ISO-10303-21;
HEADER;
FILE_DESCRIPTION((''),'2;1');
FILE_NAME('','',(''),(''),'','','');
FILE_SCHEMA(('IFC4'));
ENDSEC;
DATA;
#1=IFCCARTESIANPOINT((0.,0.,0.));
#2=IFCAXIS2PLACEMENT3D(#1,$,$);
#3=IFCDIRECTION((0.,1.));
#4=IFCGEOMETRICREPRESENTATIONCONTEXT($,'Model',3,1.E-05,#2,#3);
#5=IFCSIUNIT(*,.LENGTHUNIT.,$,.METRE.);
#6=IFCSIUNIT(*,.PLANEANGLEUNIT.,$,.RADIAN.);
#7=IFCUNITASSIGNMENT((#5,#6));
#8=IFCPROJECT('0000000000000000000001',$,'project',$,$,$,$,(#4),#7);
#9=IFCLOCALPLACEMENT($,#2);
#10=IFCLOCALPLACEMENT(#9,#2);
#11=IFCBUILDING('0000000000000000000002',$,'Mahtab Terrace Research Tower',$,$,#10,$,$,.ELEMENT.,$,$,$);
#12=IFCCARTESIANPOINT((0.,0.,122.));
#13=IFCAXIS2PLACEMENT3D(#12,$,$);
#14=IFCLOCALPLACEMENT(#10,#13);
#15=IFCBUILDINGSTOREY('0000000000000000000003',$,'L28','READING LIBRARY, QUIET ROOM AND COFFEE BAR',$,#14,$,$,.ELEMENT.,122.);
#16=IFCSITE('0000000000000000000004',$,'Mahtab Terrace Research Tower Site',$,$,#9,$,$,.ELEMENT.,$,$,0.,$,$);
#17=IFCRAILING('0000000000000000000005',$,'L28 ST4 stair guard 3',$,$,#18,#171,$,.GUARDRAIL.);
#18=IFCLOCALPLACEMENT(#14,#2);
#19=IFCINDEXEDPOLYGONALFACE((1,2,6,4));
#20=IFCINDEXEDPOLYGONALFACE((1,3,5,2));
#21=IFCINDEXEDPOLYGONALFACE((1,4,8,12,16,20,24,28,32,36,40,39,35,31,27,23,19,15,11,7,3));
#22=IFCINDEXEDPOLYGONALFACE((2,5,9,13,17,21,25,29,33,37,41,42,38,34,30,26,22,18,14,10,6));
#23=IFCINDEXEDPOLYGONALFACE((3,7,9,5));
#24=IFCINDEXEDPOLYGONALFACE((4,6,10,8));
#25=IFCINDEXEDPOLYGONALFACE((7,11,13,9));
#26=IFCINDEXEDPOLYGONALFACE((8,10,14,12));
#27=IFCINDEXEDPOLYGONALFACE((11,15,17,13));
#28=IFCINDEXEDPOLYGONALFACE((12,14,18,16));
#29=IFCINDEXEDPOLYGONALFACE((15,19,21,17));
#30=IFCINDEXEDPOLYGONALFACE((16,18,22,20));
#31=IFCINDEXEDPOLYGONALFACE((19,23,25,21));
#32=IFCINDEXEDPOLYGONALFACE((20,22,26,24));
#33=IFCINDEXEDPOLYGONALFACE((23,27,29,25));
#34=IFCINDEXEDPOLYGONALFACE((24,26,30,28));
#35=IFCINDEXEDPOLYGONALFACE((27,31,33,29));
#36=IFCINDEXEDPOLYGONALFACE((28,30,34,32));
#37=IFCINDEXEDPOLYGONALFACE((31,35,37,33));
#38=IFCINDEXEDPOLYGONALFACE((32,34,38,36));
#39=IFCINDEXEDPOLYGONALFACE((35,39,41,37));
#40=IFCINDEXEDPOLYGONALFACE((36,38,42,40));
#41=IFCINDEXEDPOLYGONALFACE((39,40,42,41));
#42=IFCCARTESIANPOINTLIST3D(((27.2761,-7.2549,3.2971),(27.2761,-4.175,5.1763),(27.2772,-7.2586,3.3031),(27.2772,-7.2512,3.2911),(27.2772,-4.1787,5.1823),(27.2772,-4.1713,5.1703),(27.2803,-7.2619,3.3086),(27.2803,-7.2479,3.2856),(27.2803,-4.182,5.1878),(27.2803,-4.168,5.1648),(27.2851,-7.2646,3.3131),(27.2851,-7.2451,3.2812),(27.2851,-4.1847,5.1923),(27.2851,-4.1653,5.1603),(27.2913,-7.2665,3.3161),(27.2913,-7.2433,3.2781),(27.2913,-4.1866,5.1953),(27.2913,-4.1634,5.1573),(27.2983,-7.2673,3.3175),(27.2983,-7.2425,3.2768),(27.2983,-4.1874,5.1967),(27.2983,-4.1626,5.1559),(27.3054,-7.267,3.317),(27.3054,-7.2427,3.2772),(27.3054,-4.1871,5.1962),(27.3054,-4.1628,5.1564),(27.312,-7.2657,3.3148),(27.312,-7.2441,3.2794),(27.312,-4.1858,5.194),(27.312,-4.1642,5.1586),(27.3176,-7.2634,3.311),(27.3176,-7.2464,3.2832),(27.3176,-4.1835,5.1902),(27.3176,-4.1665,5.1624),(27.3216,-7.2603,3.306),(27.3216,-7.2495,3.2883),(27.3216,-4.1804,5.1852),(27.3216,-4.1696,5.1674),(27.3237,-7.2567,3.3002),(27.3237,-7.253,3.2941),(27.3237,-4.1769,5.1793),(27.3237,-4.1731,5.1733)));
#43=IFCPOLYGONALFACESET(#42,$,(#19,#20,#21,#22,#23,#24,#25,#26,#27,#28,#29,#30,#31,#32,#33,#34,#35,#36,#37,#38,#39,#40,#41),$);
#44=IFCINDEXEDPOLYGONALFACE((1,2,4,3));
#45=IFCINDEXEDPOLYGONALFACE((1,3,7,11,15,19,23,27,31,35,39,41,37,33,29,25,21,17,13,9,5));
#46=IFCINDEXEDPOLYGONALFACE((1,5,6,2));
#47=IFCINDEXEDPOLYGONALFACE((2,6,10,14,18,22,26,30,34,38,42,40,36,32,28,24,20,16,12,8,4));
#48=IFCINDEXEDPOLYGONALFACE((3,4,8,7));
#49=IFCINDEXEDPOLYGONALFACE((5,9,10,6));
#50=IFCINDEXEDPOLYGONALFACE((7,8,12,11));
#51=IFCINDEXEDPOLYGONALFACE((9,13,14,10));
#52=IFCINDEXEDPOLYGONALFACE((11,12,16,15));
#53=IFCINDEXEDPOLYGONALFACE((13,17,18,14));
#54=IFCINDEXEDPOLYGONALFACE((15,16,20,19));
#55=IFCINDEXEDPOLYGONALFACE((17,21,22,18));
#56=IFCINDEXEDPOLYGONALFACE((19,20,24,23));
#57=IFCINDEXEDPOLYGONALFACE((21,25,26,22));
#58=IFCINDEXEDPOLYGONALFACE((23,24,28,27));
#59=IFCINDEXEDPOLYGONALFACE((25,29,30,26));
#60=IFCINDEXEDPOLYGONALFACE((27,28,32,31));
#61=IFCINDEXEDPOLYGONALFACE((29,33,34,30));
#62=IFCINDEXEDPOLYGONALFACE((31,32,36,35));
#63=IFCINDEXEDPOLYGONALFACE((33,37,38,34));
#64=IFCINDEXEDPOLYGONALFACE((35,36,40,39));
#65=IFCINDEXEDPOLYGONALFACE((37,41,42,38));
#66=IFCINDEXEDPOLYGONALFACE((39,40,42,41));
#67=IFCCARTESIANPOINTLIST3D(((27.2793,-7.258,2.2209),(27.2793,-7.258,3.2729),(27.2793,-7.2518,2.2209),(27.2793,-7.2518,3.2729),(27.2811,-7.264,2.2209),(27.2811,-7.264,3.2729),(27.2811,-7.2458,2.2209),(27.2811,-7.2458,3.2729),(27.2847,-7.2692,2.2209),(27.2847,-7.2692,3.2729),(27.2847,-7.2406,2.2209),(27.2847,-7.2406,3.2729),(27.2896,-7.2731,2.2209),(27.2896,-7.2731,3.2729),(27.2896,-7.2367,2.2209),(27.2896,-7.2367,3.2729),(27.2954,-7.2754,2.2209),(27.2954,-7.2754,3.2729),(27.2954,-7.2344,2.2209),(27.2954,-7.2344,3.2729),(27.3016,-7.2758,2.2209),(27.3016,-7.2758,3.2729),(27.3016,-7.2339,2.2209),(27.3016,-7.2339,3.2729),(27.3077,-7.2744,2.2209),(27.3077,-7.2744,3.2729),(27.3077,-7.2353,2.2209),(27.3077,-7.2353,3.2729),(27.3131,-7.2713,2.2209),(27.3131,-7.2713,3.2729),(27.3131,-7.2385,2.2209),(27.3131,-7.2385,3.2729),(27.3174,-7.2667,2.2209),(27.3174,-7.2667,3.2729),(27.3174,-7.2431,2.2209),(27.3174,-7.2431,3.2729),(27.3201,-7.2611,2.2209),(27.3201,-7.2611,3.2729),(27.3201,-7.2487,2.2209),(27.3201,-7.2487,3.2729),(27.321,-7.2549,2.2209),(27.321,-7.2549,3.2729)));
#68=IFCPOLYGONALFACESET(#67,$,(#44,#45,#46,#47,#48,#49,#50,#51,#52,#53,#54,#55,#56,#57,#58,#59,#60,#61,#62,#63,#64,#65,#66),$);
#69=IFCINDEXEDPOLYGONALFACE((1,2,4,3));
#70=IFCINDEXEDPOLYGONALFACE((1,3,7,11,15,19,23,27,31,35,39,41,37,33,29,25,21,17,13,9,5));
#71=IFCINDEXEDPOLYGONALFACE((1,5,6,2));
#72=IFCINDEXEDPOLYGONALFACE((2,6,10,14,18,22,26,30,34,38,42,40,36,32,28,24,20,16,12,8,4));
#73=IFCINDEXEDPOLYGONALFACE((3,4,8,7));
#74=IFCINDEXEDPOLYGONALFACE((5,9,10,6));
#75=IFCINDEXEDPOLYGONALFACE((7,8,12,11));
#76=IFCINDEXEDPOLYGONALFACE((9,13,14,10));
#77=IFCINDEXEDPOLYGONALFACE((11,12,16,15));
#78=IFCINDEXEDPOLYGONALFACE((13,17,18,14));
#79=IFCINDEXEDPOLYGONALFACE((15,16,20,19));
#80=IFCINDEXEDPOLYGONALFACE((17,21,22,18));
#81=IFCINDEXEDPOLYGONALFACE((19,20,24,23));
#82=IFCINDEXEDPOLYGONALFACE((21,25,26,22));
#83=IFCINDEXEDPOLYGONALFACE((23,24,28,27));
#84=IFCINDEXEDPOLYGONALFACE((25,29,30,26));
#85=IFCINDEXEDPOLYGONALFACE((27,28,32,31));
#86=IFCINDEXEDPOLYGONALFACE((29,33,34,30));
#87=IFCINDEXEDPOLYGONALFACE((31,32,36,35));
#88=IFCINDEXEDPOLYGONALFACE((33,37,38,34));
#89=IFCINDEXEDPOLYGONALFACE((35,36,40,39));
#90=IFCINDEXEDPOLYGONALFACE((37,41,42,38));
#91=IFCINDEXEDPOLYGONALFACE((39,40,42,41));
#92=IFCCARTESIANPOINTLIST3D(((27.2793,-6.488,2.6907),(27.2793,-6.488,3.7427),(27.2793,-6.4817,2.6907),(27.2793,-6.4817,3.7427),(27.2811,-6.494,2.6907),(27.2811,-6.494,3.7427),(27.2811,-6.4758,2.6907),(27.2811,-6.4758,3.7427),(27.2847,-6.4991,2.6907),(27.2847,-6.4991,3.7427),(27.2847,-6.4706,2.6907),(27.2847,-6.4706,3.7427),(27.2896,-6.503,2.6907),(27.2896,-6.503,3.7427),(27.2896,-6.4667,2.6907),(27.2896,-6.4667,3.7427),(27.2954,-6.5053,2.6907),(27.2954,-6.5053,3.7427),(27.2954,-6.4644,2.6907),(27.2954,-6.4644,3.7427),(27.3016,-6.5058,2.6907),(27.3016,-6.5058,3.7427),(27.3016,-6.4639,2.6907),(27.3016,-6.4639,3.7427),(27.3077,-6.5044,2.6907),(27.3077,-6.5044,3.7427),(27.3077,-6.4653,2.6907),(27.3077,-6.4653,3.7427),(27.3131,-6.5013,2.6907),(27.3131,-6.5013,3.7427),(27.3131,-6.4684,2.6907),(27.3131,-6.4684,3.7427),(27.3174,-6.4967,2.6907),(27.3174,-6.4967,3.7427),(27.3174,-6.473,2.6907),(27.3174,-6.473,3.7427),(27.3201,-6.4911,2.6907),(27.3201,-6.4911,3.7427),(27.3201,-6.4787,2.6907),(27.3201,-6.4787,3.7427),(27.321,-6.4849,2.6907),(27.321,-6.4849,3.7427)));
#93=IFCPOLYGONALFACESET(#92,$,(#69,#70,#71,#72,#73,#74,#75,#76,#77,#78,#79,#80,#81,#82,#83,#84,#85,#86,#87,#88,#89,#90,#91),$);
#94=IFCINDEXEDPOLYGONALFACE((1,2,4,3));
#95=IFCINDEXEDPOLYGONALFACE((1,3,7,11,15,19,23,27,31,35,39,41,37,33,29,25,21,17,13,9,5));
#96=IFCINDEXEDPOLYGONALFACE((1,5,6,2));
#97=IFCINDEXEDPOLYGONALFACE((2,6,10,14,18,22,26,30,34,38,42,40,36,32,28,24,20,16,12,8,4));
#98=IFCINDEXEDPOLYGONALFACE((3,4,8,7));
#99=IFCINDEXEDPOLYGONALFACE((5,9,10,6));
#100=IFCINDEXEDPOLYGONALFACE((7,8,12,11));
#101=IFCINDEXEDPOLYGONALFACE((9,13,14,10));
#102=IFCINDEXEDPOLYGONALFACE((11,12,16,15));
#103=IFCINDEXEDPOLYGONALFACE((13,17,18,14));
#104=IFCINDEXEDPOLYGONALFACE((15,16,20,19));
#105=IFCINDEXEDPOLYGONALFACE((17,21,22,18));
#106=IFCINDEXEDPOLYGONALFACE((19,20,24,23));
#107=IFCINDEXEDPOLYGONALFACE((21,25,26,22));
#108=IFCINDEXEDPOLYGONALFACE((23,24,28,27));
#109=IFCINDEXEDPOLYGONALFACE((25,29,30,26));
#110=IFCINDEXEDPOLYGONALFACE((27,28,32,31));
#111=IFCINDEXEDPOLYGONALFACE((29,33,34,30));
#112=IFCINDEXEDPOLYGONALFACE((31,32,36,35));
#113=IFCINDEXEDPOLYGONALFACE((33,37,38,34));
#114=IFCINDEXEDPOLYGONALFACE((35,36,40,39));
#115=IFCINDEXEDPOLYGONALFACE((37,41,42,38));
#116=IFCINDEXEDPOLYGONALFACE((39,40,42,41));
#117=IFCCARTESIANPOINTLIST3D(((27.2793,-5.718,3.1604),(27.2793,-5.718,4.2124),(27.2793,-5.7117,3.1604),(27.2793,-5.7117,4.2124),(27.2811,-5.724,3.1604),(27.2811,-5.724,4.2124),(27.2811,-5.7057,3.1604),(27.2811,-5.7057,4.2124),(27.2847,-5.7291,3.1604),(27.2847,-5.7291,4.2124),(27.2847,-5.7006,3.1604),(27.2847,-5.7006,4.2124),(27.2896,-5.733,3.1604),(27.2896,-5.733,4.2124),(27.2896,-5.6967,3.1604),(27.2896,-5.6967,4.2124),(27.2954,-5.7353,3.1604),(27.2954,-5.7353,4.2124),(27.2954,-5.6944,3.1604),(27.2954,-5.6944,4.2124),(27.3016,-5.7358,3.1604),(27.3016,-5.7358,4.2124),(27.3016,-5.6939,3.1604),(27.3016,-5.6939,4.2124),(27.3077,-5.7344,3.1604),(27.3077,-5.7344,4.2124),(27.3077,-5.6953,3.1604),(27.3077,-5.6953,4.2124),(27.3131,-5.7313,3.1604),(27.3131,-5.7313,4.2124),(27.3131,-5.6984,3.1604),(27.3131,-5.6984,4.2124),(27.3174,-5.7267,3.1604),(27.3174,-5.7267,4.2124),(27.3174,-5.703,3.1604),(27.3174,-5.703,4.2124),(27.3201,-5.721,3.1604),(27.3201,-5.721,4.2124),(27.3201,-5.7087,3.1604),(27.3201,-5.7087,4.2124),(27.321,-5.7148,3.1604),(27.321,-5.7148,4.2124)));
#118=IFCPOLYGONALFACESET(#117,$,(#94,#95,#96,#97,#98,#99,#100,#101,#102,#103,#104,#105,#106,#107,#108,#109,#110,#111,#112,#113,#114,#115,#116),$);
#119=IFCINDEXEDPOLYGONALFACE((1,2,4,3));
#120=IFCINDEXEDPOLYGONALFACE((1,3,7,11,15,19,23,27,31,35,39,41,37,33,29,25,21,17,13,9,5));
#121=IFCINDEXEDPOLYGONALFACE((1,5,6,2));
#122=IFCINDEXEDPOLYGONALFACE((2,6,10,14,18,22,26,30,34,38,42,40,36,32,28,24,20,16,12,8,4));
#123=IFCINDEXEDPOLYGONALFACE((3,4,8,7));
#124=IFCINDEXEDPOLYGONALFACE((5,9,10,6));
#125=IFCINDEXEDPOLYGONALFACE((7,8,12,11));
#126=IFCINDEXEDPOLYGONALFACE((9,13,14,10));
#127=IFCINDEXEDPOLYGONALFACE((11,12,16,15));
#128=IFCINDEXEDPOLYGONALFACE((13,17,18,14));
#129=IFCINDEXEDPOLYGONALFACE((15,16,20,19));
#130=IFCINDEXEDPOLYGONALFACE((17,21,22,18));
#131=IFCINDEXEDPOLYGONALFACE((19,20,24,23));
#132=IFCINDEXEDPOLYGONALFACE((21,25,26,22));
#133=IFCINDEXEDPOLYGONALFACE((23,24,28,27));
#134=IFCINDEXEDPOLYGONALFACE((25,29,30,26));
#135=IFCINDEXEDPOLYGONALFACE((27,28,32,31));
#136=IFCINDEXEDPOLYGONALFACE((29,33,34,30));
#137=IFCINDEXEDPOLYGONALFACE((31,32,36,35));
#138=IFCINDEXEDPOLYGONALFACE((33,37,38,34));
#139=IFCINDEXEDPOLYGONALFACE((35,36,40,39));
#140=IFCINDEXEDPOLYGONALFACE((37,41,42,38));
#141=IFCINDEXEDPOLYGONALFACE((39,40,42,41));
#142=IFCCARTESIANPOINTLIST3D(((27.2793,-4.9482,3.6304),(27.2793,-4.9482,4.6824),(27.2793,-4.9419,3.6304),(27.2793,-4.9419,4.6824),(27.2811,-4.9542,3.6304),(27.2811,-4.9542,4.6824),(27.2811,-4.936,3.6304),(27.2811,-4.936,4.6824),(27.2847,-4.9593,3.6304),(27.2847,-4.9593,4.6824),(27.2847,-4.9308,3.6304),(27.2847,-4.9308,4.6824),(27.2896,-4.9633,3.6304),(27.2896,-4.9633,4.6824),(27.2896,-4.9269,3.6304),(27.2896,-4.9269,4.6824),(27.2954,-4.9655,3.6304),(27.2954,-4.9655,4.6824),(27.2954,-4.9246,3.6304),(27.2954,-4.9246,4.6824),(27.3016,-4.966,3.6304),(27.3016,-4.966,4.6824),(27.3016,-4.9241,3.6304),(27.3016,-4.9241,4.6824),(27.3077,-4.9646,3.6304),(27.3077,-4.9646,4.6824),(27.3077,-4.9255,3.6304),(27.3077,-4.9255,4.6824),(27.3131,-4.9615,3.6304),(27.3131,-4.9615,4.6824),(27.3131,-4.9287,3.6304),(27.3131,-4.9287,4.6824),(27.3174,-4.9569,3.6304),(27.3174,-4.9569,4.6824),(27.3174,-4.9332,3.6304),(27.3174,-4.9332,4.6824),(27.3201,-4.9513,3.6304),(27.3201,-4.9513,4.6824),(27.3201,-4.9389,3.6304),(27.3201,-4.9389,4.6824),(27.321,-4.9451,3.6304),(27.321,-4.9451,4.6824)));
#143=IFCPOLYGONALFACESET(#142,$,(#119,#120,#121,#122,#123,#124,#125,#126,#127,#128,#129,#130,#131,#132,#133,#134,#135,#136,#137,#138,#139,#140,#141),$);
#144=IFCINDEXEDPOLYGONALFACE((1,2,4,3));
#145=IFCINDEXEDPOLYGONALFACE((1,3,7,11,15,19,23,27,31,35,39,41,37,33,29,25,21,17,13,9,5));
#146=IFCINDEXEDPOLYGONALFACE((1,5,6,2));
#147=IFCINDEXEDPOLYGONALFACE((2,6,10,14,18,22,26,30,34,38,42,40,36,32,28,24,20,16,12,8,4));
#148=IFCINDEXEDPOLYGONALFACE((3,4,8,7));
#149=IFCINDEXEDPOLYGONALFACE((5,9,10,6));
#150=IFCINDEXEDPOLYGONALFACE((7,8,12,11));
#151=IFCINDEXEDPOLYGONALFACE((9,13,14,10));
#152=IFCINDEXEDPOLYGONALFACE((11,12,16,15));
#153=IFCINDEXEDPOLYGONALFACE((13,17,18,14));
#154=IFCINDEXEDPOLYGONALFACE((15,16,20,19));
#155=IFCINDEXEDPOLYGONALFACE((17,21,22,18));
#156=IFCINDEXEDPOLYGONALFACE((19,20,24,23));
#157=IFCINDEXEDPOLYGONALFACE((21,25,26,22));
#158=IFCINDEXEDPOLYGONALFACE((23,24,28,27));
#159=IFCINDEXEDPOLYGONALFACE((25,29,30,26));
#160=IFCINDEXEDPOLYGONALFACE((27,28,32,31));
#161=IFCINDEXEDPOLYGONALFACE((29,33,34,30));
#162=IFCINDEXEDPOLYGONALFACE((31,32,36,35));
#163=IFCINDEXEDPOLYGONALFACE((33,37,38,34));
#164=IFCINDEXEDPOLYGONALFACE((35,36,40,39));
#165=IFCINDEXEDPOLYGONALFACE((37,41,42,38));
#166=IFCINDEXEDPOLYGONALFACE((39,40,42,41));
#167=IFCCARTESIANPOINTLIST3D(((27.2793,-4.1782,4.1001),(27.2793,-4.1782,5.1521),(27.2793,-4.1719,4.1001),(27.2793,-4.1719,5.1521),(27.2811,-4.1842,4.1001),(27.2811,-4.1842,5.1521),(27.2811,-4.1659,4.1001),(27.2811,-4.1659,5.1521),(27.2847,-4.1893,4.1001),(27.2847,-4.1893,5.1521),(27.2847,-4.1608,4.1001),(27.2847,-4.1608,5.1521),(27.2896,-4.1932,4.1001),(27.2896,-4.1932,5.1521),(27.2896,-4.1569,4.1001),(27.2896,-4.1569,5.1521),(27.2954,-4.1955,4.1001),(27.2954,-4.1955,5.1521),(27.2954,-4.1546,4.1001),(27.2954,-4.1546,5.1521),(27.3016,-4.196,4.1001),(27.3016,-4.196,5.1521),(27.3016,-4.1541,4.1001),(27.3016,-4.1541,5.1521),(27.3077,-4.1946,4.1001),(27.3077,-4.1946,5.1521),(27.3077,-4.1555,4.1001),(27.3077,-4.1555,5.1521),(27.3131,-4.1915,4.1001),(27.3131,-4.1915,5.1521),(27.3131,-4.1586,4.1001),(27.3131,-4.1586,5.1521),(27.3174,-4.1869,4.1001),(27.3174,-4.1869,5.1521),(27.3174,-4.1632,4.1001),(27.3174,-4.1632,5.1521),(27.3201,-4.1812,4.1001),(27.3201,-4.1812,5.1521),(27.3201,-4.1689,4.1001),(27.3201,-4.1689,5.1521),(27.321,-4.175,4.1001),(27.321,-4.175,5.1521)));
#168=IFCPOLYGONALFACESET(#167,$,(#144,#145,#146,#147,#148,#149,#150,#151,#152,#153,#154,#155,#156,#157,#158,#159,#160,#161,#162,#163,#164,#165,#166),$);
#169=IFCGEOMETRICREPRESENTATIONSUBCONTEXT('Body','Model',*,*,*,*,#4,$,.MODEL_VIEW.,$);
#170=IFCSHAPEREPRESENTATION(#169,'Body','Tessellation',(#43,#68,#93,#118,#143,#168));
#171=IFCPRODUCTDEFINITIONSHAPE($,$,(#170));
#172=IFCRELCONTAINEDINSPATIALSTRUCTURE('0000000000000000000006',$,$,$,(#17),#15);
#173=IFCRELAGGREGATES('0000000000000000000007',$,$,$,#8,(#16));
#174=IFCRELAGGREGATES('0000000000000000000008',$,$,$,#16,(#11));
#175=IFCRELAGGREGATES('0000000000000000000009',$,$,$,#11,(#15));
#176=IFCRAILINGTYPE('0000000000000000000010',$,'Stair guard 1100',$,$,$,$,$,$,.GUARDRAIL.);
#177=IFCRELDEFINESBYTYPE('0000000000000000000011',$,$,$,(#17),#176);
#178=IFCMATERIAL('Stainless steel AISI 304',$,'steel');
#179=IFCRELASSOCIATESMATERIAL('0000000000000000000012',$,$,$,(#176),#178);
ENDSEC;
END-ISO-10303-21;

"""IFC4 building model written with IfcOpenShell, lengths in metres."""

from ifc_helpers import new_model, si_unit, direction, frame, origin, origin_2d, place, context, subcontext, project, spatial, circle, extrude, material, type_object, element, save


model = new_model("IFC4")

# Units and contexts
model_context = context("Model", 3, precision=1e-05, world=origin(), true_north=direction((0.0, 1.0)))
body_context = subcontext(model_context, "Body", "Model", "MODEL_VIEW")
ifc_project = project(units=[si_unit("LENGTHUNIT", "METRE"), si_unit("PLANEANGLEUNIT", "RADIAN")], contexts=[model_context])

# Site, building, storey
site_placement = place(None, origin())
site = spatial("IfcSite", under=ifc_project, at=site_placement, Name="Mahtab Terrace Research Tower Site", CompositionType="ELEMENT", RefElevation=0.0)
building_placement = place(site_placement, origin())
building = spatial("IfcBuilding", under=site, at=building_placement, Name="Mahtab Terrace Research Tower", CompositionType="ELEMENT")
storey_placement = place(building_placement, frame((0.0, 0.0, 122.0)))
storey = spatial("IfcBuildingStorey", under=building, at=storey_placement, Name="L28", Description="READING LIBRARY, QUIET ROOM AND COFFEE BAR", CompositionType="ELEMENT", Elevation=122.0)

# Shared definitions
ifc_material_1 = material(Name="Stainless steel AISI 304", Category="steel")

# Railing
railing_type = type_object("IfcRailingType", Name="Stair guard 1100", PredefinedType="GUARDRAIL", material=ifc_material_1)
railing_1_placement = place(storey_placement, frame((27.3, -7.2549, 2.2209)))
element("IfcRailing", 1, at=railing_1_placement, inside=storey, type_object=railing_type, Name="L28 ST4 stair guard 3", PredefinedType="GUARDRAIL", context=body_context, shape_type="SweptSolid", body=[
    extrude(circle(Radius=0.0239, at=origin_2d()), frame((0.0, 0.0, 1.0762), z_axis=(0.0, 0.853648, 0.52085), x_axis=(-1.0, 0.0, 0.0)), (0.0, 0.0, 1.0), 3.6079),
    extrude(circle(Radius=0.021, at=origin_2d()), origin(), (0.0, 0.0, 1.0), 1.052),
    extrude(circle(Radius=0.021, at=origin_2d()), frame((0.0, 0.77, 0.4697)), (0.0, 0.0, 1.0), 1.052),
    extrude(circle(Radius=0.021, at=origin_2d()), frame((0.0, 1.54, 0.9395)), (0.0, 0.0, 1.0), 1.052),
    extrude(circle(Radius=0.021, at=origin_2d()), frame((0.0, 2.3098, 1.4094)), (0.0, 0.0, 1.0), 1.052),
    extrude(circle(Radius=0.021, at=origin_2d()), frame((0.0, 3.0798, 1.8792)), (0.0, 0.0, 1.0), 1.052),
])

save(model, "model.ifc")
